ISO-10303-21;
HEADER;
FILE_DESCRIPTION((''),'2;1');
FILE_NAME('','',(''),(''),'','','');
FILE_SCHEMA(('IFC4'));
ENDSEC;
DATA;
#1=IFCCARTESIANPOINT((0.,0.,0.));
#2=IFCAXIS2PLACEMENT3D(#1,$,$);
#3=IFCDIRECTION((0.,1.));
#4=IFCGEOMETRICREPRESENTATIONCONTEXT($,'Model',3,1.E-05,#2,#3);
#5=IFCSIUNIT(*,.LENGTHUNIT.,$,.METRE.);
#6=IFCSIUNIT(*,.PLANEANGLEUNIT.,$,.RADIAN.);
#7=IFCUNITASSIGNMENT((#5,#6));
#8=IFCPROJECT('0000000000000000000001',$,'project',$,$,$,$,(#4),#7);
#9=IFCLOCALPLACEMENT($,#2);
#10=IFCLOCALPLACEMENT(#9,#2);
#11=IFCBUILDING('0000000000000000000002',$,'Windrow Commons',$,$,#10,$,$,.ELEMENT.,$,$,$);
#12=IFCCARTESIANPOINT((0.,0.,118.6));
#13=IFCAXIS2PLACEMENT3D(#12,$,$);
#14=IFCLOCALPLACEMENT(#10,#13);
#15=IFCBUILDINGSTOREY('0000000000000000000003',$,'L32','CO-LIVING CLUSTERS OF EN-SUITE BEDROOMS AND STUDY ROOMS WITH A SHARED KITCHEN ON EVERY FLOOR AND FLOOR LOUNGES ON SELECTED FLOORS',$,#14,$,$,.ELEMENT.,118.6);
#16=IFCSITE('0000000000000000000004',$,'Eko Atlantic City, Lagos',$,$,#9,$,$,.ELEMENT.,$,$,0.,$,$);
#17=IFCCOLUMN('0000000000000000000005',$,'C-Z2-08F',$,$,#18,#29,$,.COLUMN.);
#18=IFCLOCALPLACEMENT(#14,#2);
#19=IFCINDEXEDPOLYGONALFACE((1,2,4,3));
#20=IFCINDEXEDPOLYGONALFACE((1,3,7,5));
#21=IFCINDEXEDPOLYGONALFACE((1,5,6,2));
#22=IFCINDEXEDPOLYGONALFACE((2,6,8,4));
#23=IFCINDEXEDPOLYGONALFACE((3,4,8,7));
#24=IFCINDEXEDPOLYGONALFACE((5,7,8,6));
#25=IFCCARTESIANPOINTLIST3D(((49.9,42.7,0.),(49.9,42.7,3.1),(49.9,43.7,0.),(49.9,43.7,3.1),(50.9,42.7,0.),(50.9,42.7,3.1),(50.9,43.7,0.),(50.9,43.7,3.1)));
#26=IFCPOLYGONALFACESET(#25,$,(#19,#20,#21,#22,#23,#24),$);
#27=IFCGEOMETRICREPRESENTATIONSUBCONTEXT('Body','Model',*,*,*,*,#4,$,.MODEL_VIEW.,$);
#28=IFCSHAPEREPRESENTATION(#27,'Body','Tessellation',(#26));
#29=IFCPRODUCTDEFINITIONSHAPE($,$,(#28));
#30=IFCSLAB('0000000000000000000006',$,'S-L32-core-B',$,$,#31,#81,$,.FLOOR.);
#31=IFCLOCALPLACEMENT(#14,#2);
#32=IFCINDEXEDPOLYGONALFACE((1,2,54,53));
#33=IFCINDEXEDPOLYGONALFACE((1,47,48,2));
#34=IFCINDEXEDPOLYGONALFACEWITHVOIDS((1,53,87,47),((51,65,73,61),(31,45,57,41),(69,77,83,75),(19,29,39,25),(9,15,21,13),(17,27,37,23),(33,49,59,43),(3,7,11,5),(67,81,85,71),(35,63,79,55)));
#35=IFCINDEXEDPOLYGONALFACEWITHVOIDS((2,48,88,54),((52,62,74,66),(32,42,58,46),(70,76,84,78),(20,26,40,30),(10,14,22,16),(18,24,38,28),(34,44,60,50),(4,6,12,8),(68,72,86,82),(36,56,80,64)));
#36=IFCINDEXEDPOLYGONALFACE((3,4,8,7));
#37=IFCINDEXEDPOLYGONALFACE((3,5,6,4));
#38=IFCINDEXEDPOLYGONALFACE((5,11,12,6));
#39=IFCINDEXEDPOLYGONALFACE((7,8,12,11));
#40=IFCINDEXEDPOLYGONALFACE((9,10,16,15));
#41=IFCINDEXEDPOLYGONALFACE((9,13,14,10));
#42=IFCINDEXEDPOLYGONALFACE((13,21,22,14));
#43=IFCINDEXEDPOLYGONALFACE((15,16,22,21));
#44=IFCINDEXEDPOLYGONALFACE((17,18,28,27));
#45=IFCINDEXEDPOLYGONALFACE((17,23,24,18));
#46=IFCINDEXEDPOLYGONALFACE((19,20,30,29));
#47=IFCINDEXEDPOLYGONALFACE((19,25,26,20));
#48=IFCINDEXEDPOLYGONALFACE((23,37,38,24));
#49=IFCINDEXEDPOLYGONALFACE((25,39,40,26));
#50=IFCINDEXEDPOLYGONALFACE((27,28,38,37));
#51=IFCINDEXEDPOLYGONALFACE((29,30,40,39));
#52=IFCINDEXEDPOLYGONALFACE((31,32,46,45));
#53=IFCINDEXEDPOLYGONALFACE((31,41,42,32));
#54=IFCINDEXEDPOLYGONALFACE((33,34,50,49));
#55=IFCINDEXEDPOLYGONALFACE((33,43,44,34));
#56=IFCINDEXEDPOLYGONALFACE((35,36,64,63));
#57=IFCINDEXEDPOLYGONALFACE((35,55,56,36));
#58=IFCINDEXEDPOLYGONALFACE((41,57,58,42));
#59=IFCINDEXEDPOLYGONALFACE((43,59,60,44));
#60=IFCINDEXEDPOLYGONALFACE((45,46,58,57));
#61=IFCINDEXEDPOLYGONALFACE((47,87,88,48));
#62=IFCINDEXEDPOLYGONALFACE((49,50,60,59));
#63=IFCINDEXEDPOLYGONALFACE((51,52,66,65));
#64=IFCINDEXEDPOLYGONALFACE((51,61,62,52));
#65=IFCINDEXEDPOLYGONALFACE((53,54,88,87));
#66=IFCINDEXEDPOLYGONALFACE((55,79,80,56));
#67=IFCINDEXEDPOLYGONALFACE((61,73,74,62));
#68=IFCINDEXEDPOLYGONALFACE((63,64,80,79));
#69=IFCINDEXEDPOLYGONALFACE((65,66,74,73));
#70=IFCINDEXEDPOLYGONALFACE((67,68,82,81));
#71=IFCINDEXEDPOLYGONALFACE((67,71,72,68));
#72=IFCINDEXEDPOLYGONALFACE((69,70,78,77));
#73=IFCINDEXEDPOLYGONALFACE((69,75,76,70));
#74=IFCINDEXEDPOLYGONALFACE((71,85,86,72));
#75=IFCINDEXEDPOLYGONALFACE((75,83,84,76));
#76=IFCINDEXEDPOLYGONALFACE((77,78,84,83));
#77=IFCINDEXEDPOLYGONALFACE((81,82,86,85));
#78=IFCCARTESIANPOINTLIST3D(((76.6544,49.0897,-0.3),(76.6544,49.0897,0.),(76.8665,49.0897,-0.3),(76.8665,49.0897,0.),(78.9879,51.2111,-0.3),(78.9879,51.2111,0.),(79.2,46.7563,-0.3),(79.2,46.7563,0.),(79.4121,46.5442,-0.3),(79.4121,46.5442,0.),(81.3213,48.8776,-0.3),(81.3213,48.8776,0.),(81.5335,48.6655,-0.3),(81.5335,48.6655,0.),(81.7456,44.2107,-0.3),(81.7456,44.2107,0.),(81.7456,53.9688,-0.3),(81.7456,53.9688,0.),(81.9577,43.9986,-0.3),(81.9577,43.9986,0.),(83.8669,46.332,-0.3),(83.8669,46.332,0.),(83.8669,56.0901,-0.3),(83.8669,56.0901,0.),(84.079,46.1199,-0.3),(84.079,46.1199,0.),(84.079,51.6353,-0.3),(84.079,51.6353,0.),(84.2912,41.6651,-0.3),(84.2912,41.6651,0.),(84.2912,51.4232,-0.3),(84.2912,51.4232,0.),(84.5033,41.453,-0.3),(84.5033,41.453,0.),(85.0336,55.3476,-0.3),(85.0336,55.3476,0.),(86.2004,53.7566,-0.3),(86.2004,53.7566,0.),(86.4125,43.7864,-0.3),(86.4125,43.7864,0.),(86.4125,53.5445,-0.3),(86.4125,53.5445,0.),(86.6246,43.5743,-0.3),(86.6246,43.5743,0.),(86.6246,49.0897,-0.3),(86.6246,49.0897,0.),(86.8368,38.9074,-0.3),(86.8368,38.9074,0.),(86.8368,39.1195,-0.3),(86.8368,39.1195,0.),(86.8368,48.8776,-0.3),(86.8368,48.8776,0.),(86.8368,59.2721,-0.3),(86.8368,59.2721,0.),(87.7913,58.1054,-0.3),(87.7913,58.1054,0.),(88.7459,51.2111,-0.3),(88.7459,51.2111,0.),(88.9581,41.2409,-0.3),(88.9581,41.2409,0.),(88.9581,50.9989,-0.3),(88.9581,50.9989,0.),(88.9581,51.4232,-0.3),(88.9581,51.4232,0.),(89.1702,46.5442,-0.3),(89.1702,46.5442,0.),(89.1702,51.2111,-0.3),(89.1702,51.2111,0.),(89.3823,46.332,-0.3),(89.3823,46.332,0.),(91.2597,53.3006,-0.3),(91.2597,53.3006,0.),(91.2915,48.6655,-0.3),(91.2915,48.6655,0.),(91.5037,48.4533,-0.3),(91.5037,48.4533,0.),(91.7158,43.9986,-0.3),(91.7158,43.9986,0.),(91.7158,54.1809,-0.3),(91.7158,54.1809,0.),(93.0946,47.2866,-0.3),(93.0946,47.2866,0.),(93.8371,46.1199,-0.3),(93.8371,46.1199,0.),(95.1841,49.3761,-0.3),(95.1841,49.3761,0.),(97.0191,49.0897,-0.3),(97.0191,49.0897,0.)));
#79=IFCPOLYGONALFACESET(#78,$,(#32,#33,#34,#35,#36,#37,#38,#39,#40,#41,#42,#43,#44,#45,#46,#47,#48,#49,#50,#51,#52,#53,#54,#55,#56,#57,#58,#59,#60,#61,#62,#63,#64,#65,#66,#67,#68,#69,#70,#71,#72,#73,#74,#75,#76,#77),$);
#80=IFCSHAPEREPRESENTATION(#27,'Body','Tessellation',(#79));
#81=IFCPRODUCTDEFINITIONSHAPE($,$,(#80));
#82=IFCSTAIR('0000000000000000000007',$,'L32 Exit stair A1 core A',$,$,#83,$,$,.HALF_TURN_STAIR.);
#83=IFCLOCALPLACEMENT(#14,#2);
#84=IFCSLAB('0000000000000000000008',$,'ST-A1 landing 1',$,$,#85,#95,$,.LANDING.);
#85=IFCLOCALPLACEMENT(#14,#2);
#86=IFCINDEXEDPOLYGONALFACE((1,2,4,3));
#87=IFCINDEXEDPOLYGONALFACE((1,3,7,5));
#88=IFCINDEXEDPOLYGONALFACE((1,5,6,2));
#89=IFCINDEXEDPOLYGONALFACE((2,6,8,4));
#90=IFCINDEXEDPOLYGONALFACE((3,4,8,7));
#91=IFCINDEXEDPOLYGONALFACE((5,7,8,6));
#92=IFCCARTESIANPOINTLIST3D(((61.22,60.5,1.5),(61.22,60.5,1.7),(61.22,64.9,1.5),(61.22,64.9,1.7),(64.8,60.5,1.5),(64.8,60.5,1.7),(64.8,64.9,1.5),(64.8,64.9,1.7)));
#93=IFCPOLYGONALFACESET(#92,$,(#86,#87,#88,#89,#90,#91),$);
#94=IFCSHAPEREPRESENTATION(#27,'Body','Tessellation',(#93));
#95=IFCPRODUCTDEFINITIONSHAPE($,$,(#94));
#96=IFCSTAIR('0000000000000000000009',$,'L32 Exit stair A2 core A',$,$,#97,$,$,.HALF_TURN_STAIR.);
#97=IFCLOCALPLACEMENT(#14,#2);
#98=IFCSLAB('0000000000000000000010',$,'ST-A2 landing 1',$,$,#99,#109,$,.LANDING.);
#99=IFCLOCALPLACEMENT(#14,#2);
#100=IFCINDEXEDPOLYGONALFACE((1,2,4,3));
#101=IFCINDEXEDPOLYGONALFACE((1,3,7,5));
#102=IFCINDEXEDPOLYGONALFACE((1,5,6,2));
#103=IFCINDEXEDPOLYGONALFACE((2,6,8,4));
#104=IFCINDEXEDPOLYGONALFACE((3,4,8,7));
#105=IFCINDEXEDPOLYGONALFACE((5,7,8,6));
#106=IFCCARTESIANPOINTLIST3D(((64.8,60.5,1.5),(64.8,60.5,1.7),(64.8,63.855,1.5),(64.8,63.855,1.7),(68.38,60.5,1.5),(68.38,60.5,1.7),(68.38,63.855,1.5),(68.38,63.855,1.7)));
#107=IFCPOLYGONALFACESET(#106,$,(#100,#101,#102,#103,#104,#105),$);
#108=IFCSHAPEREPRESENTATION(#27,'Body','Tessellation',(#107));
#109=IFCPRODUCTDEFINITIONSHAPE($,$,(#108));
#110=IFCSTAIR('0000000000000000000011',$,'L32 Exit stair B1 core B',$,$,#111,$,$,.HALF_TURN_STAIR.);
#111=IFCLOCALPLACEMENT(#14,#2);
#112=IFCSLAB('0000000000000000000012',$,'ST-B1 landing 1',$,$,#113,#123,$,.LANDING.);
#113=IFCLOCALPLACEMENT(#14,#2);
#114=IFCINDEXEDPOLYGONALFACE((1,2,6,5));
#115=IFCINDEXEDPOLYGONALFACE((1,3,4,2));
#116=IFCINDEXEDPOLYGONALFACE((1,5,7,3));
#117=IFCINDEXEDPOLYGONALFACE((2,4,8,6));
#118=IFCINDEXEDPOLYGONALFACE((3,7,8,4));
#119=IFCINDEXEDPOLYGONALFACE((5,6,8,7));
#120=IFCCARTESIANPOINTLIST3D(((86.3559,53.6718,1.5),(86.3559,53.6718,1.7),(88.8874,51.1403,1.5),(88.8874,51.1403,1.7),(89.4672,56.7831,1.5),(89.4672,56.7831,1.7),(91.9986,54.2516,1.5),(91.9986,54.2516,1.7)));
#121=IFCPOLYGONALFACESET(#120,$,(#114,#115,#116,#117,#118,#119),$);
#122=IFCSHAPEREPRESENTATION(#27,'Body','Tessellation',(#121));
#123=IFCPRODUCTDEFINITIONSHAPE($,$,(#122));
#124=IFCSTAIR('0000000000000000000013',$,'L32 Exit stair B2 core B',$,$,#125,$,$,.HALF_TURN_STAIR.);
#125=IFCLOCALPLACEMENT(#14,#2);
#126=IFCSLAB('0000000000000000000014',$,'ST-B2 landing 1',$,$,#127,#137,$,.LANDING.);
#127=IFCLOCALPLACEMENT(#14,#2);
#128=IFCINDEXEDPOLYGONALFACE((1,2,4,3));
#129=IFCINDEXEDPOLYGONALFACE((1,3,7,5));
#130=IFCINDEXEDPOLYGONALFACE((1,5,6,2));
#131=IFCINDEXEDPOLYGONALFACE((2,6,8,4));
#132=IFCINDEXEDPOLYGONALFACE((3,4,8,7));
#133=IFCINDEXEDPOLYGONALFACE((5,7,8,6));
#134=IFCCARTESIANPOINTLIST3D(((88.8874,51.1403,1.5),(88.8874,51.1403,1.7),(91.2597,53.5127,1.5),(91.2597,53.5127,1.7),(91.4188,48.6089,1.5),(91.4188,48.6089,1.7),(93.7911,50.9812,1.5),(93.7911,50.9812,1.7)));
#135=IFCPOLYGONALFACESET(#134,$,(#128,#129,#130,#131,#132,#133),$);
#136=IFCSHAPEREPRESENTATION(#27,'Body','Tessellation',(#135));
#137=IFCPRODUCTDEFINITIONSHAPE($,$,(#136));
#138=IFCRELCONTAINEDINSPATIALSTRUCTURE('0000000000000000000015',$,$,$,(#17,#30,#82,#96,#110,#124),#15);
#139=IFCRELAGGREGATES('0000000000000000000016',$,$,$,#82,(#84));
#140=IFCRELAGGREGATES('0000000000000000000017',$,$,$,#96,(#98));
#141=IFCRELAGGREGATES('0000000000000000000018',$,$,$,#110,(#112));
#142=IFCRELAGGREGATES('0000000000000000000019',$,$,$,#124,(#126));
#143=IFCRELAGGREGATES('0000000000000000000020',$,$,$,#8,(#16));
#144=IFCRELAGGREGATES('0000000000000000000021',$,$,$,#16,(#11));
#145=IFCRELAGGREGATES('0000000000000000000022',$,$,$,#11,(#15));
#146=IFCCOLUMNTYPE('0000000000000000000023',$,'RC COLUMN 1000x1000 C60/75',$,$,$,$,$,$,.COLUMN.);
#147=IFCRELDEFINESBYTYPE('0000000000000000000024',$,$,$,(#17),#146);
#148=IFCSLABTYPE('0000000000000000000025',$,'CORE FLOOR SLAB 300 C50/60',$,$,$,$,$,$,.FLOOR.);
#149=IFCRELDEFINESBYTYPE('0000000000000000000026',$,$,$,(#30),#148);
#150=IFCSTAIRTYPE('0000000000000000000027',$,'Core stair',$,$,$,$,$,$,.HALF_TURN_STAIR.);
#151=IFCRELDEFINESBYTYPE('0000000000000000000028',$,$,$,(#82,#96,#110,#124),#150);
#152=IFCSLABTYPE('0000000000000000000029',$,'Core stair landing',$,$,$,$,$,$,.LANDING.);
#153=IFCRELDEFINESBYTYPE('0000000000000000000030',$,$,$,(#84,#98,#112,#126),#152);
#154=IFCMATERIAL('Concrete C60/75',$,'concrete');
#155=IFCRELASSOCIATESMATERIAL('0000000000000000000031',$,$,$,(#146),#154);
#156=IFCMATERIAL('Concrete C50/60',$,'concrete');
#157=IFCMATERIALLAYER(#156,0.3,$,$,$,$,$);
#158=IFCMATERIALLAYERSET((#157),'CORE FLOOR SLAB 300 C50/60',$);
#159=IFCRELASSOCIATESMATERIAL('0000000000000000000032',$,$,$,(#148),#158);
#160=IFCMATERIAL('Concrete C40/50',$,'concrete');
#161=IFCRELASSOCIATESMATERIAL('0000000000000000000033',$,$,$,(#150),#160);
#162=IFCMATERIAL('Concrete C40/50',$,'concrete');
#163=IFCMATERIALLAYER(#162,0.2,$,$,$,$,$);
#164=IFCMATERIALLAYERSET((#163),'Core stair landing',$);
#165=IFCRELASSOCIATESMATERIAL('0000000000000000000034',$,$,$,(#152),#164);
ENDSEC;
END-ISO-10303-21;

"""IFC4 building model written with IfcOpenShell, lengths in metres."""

from ifc_helpers import new_model, si_unit, direction, frame, origin, origin_2d, place, context, subcontext, project, spatial, polyline, rectangle, outline, extrude, material, layer, layer_set, material_profile, profile_set, type_object, element, aggregate, save


model = new_model("IFC4")

# Units and contexts
model_context = context("Model", 3, precision=1e-05, world=origin(), true_north=direction((0.0, 1.0)))
body_context = subcontext(model_context, "Body", "Model", "MODEL_VIEW")
ifc_project = project(units=[si_unit("LENGTHUNIT", "METRE"), si_unit("PLANEANGLEUNIT", "RADIAN")], contexts=[model_context])

# Site, building, storey
site_placement = place(None, origin())
site = spatial("IfcSite", under=ifc_project, at=site_placement, Name="Eko Atlantic City, Lagos", CompositionType="ELEMENT", RefElevation=0.0)
building_placement = place(site_placement, origin())
building = spatial("IfcBuilding", under=site, at=building_placement, Name="Windrow Commons", CompositionType="ELEMENT")
storey_placement = place(building_placement, frame((0.0, 0.0, 118.6)))
storey = spatial("IfcBuildingStorey", under=building, at=storey_placement, Name="L32", Description="CO-LIVING CLUSTERS OF EN-SUITE BEDROOMS AND STUDY ROOMS WITH A SHARED KITCHEN ON EVERY FLOOR AND FLOOR LOUNGES ON SELECTED FLOORS", CompositionType="ELEMENT", Elevation=118.6)

# Column
ifc_material_1 = material(Name="Concrete C60/75", Category="concrete")
ifc_material_profile = material_profile(ifc_material_1, rectangle(XDim=1.0, YDim=1.0, at=origin_2d()))
ifc_profile_set = profile_set([ifc_material_profile], Name="Concrete C60/75")
column_type = type_object("IfcColumnType", Name="RC COLUMN 1000x1000 C60/75", PredefinedType="COLUMN", material=ifc_profile_set)
column_placement = place(storey_placement, frame((50.4, 43.2, 0.0), z_axis=(0.0, 0.0, 1.0), x_axis=(1.0, 0.0, 0.0)))
element("IfcColumn", 1, at=column_placement, inside=storey, type_object=column_type, Name="C-Z2-08F", PredefinedType="COLUMN", context=body_context, shape_type="SweptSolid", body=[
    extrude(rectangle(XDim=1.0, YDim=1.0, at=origin_2d()), origin(), (0.0, 0.0, 1.0), 3.1),
])

# Slab, openings
ifc_material_2 = material(Name="Concrete C50/60", Category="concrete")
ifc_layer_1 = layer(ifc_material_2, 0.3)
ifc_layer_set_1 = layer_set([ifc_layer_1], Name="CORE FLOOR SLAB 300 C50/60")
slab_type_1 = type_object("IfcSlabType", Name="CORE FLOOR SLAB 300 C50/60", PredefinedType="FLOOR", material=ifc_layer_set_1)
placement_1 = place(storey_placement, frame((0.0, 0.0, -0.3)))
slab_1 = element("IfcSlab", 2, at=placement_1, inside=storey, type_object=slab_type_1, Name="S-L32-core-B", PredefinedType="FLOOR", context=body_context, shape_type="SweptSolid", body=[
    extrude(outline(polyline([(76.6544, 49.0897), (86.8368, 38.9074), (97.0191, 49.0897), (86.8368, 59.2721), (76.6544, 49.0897)]), holes=[polyline([(76.8665, 49.0897), (79.2, 46.7563), (81.3213, 48.8776), (78.9879, 51.2111), (76.8665, 49.0897)]), polyline([(79.4121, 46.5442), (81.7456, 44.2107), (83.8669, 46.332), (81.5335, 48.6655), (79.4121, 46.5442)]), polyline([(81.9577, 43.9986), (84.2912, 41.6651), (86.4125, 43.7864), (84.079, 46.1199), (81.9577, 43.9986)]), polyline([(84.5033, 41.453), (86.8368, 39.1195), (88.9581, 41.2409), (86.6246, 43.5743), (84.5033, 41.453)]), polyline([(81.7456, 53.9688), (84.079, 51.6353), (86.2004, 53.7566), (83.8669, 56.0901), (81.7456, 53.9688)]), polyline([(84.2912, 51.4232), (86.6246, 49.0897), (88.7459, 51.2111), (86.4125, 53.5445), (84.2912, 51.4232)]), polyline([(86.8368, 48.8776), (89.1702, 46.5442), (91.2915, 48.6655), (88.9581, 50.9989), (86.8368, 48.8776)]), polyline([(89.3823, 46.332), (91.7158, 43.9986), (93.8371, 46.1199), (91.5037, 48.4533), (89.3823, 46.332)]), polyline([(85.0336, 55.3476), (88.9581, 51.4232), (91.7158, 54.1809), (87.7913, 58.1054), (85.0336, 55.3476)]), polyline([(89.1702, 51.2111), (93.0946, 47.2866), (95.1841, 49.3761), (91.2597, 53.3006), (89.1702, 51.2111)])]), origin(), (0.0, 0.0, 1.0), 0.3),
])
opening_1_placement = place(placement_1, origin())
element("IfcOpeningElement", 3, at=opening_1_placement, cuts=slab_1, PredefinedType="OPENING", context=body_context, shape_type="SweptSolid", body=[
    extrude(outline(polyline([(76.8736, 49.0897), (78.9879, 51.204), (81.3142, 48.8776), (79.2, 46.7634), (76.8736, 49.0897)])), origin(), (0.0, 0.0, 1.0), 0.3),
])
opening_2_placement = place(placement_1, origin())
element("IfcOpeningElement", 4, at=opening_2_placement, cuts=slab_1, PredefinedType="OPENING", context=body_context, shape_type="SweptSolid", body=[
    extrude(outline(polyline([(79.4192, 46.5442), (81.5335, 48.6584), (83.8598, 46.332), (81.7456, 44.2178), (79.4192, 46.5442)])), origin(), (0.0, 0.0, 1.0), 0.3),
])
opening_3_placement = place(placement_1, origin())
element("IfcOpeningElement", 5, at=opening_3_placement, cuts=slab_1, PredefinedType="OPENING", context=body_context, shape_type="SweptSolid", body=[
    extrude(outline(polyline([(81.9648, 43.9986), (84.079, 46.1128), (86.4054, 43.7864), (84.2912, 41.6722), (81.9648, 43.9986)])), origin(), (0.0, 0.0, 1.0), 0.3),
])
opening_4_placement = place(placement_1, origin())
element("IfcOpeningElement", 6, at=opening_4_placement, cuts=slab_1, PredefinedType="OPENING", context=body_context, shape_type="SweptSolid", body=[
    extrude(outline(polyline([(84.5104, 41.453), (86.6246, 43.5672), (88.951, 41.2409), (86.8368, 39.1266), (84.5104, 41.453)])), origin(), (0.0, 0.0, 1.0), 0.3),
])
opening_5_placement = place(placement_1, origin())
element("IfcOpeningElement", 7, at=opening_5_placement, cuts=slab_1, PredefinedType="OPENING", context=body_context, shape_type="SweptSolid", body=[
    extrude(outline(polyline([(81.7527, 53.9688), (83.8669, 56.083), (86.1933, 53.7566), (84.079, 51.6424), (81.7527, 53.9688)])), origin(), (0.0, 0.0, 1.0), 0.3),
])
opening_6_placement = place(placement_1, origin())
element("IfcOpeningElement", 8, at=opening_6_placement, cuts=slab_1, PredefinedType="OPENING", context=body_context, shape_type="SweptSolid", body=[
    extrude(outline(polyline([(84.2983, 51.4232), (86.4125, 53.5374), (88.7388, 51.2111), (86.6246, 49.0968), (84.2983, 51.4232)])), origin(), (0.0, 0.0, 1.0), 0.3),
])
opening_7_placement = place(placement_1, origin())
element("IfcOpeningElement", 9, at=opening_7_placement, cuts=slab_1, PredefinedType="OPENING", context=body_context, shape_type="SweptSolid", body=[
    extrude(outline(polyline([(86.8439, 48.8776), (88.9581, 50.9918), (91.2844, 48.6655), (89.1702, 46.5513), (86.8439, 48.8776)])), origin(), (0.0, 0.0, 1.0), 0.3),
])
opening_8_placement = place(placement_1, origin())
element("IfcOpeningElement", 10, at=opening_8_placement, cuts=slab_1, PredefinedType="OPENING", context=body_context, shape_type="SweptSolid", body=[
    extrude(outline(polyline([(89.3894, 46.332), (91.5037, 48.4462), (93.83, 46.1199), (91.7158, 44.0057), (89.3894, 46.332)])), origin(), (0.0, 0.0, 1.0), 0.3),
])
opening_9_placement = place(placement_1, origin())
element("IfcOpeningElement", 11, at=opening_9_placement, cuts=slab_1, PredefinedType="OPENING", context=body_context, shape_type="SweptSolid", body=[
    extrude(outline(polyline([(85.0407, 55.3476), (87.7913, 58.0983), (91.7087, 54.1809), (88.9581, 51.4303), (85.0407, 55.3476)])), origin(), (0.0, 0.0, 1.0), 0.3),
])
opening_10_placement = place(placement_1, origin())
element("IfcOpeningElement", 12, at=opening_10_placement, cuts=slab_1, PredefinedType="OPENING", context=body_context, shape_type="SweptSolid", body=[
    extrude(outline(polyline([(89.1773, 51.2111), (91.2597, 53.2935), (95.177, 49.3761), (93.0946, 47.2937), (89.1773, 51.2111)])), origin(), (0.0, 0.0, 1.0), 0.3),
])

# Stairs, slabs
ifc_material_3 = material(Name="Concrete C40/50", Category="concrete")
stair_type = type_object("IfcStairType", Name="Core stair", PredefinedType="HALF_TURN_STAIR", material=ifc_material_3)
placement_2 = place(storey_placement, origin())
stair_1 = element("IfcStair", 13, at=placement_2, inside=storey, type_object=stair_type, Name="L32 Exit stair A1 core A", PredefinedType="HALF_TURN_STAIR")
ifc_material_4 = material(Name="Concrete C40/50", Category="concrete")
ifc_layer_2 = layer(ifc_material_4, 0.2)
ifc_layer_set_2 = layer_set([ifc_layer_2], Name="Core stair landing")
slab_type_2 = type_object("IfcSlabType", Name="Core stair landing", PredefinedType="LANDING", material=ifc_layer_set_2)
placement_3 = place(storey_placement, frame((0.0, 0.0, 1.5)))
slab_2 = element("IfcSlab", 14, at=placement_3, type_object=slab_type_2, Name="ST-A1 landing 1", PredefinedType="LANDING", context=body_context, shape_type="SweptSolid", body=[
    extrude(outline(polyline([(61.22, 60.5), (64.8, 60.5), (64.8, 64.9), (61.22, 64.9), (61.22, 60.5)])), origin(), (0.0, 0.0, 1.0), 0.2),
])
aggregate(stair_1, [slab_2])
stair_2 = element("IfcStair", 15, at=placement_2, inside=storey, type_object=stair_type, Name="L32 Exit stair A2 core A", PredefinedType="HALF_TURN_STAIR")
slab_3 = element("IfcSlab", 16, at=placement_3, type_object=slab_type_2, Name="ST-A2 landing 1", PredefinedType="LANDING", context=body_context, shape_type="SweptSolid", body=[
    extrude(outline(polyline([(64.8, 60.5), (68.38, 60.5), (68.38, 63.855), (64.8, 63.855), (64.8, 60.5)])), origin(), (0.0, 0.0, 1.0), 0.2),
])
aggregate(stair_2, [slab_3])
stair_3 = element("IfcStair", 17, at=placement_2, inside=storey, type_object=stair_type, Name="L32 Exit stair B1 core B", PredefinedType="HALF_TURN_STAIR")
slab_4 = element("IfcSlab", 18, at=placement_3, type_object=slab_type_2, Name="ST-B1 landing 1", PredefinedType="LANDING", context=body_context, shape_type="SweptSolid", body=[
    extrude(outline(polyline([(86.3559, 53.6718), (88.8874, 51.1403), (91.9986, 54.2516), (89.4672, 56.7831), (86.3559, 53.6718)])), origin(), (0.0, 0.0, 1.0), 0.2),
])
aggregate(stair_3, [slab_4])
stair_4 = element("IfcStair", 19, at=placement_2, inside=storey, type_object=stair_type, Name="L32 Exit stair B2 core B", PredefinedType="HALF_TURN_STAIR")
slab_5 = element("IfcSlab", 20, at=placement_3, type_object=slab_type_2, Name="ST-B2 landing 1", PredefinedType="LANDING", context=body_context, shape_type="SweptSolid", body=[
    extrude(outline(polyline([(88.8874, 51.1403), (91.4188, 48.6089), (93.7911, 50.9812), (91.2597, 53.5127), (88.8874, 51.1403)])), origin(), (0.0, 0.0, 1.0), 0.2),
])
aggregate(stair_4, [slab_5])

save(model, "model.ifc")
